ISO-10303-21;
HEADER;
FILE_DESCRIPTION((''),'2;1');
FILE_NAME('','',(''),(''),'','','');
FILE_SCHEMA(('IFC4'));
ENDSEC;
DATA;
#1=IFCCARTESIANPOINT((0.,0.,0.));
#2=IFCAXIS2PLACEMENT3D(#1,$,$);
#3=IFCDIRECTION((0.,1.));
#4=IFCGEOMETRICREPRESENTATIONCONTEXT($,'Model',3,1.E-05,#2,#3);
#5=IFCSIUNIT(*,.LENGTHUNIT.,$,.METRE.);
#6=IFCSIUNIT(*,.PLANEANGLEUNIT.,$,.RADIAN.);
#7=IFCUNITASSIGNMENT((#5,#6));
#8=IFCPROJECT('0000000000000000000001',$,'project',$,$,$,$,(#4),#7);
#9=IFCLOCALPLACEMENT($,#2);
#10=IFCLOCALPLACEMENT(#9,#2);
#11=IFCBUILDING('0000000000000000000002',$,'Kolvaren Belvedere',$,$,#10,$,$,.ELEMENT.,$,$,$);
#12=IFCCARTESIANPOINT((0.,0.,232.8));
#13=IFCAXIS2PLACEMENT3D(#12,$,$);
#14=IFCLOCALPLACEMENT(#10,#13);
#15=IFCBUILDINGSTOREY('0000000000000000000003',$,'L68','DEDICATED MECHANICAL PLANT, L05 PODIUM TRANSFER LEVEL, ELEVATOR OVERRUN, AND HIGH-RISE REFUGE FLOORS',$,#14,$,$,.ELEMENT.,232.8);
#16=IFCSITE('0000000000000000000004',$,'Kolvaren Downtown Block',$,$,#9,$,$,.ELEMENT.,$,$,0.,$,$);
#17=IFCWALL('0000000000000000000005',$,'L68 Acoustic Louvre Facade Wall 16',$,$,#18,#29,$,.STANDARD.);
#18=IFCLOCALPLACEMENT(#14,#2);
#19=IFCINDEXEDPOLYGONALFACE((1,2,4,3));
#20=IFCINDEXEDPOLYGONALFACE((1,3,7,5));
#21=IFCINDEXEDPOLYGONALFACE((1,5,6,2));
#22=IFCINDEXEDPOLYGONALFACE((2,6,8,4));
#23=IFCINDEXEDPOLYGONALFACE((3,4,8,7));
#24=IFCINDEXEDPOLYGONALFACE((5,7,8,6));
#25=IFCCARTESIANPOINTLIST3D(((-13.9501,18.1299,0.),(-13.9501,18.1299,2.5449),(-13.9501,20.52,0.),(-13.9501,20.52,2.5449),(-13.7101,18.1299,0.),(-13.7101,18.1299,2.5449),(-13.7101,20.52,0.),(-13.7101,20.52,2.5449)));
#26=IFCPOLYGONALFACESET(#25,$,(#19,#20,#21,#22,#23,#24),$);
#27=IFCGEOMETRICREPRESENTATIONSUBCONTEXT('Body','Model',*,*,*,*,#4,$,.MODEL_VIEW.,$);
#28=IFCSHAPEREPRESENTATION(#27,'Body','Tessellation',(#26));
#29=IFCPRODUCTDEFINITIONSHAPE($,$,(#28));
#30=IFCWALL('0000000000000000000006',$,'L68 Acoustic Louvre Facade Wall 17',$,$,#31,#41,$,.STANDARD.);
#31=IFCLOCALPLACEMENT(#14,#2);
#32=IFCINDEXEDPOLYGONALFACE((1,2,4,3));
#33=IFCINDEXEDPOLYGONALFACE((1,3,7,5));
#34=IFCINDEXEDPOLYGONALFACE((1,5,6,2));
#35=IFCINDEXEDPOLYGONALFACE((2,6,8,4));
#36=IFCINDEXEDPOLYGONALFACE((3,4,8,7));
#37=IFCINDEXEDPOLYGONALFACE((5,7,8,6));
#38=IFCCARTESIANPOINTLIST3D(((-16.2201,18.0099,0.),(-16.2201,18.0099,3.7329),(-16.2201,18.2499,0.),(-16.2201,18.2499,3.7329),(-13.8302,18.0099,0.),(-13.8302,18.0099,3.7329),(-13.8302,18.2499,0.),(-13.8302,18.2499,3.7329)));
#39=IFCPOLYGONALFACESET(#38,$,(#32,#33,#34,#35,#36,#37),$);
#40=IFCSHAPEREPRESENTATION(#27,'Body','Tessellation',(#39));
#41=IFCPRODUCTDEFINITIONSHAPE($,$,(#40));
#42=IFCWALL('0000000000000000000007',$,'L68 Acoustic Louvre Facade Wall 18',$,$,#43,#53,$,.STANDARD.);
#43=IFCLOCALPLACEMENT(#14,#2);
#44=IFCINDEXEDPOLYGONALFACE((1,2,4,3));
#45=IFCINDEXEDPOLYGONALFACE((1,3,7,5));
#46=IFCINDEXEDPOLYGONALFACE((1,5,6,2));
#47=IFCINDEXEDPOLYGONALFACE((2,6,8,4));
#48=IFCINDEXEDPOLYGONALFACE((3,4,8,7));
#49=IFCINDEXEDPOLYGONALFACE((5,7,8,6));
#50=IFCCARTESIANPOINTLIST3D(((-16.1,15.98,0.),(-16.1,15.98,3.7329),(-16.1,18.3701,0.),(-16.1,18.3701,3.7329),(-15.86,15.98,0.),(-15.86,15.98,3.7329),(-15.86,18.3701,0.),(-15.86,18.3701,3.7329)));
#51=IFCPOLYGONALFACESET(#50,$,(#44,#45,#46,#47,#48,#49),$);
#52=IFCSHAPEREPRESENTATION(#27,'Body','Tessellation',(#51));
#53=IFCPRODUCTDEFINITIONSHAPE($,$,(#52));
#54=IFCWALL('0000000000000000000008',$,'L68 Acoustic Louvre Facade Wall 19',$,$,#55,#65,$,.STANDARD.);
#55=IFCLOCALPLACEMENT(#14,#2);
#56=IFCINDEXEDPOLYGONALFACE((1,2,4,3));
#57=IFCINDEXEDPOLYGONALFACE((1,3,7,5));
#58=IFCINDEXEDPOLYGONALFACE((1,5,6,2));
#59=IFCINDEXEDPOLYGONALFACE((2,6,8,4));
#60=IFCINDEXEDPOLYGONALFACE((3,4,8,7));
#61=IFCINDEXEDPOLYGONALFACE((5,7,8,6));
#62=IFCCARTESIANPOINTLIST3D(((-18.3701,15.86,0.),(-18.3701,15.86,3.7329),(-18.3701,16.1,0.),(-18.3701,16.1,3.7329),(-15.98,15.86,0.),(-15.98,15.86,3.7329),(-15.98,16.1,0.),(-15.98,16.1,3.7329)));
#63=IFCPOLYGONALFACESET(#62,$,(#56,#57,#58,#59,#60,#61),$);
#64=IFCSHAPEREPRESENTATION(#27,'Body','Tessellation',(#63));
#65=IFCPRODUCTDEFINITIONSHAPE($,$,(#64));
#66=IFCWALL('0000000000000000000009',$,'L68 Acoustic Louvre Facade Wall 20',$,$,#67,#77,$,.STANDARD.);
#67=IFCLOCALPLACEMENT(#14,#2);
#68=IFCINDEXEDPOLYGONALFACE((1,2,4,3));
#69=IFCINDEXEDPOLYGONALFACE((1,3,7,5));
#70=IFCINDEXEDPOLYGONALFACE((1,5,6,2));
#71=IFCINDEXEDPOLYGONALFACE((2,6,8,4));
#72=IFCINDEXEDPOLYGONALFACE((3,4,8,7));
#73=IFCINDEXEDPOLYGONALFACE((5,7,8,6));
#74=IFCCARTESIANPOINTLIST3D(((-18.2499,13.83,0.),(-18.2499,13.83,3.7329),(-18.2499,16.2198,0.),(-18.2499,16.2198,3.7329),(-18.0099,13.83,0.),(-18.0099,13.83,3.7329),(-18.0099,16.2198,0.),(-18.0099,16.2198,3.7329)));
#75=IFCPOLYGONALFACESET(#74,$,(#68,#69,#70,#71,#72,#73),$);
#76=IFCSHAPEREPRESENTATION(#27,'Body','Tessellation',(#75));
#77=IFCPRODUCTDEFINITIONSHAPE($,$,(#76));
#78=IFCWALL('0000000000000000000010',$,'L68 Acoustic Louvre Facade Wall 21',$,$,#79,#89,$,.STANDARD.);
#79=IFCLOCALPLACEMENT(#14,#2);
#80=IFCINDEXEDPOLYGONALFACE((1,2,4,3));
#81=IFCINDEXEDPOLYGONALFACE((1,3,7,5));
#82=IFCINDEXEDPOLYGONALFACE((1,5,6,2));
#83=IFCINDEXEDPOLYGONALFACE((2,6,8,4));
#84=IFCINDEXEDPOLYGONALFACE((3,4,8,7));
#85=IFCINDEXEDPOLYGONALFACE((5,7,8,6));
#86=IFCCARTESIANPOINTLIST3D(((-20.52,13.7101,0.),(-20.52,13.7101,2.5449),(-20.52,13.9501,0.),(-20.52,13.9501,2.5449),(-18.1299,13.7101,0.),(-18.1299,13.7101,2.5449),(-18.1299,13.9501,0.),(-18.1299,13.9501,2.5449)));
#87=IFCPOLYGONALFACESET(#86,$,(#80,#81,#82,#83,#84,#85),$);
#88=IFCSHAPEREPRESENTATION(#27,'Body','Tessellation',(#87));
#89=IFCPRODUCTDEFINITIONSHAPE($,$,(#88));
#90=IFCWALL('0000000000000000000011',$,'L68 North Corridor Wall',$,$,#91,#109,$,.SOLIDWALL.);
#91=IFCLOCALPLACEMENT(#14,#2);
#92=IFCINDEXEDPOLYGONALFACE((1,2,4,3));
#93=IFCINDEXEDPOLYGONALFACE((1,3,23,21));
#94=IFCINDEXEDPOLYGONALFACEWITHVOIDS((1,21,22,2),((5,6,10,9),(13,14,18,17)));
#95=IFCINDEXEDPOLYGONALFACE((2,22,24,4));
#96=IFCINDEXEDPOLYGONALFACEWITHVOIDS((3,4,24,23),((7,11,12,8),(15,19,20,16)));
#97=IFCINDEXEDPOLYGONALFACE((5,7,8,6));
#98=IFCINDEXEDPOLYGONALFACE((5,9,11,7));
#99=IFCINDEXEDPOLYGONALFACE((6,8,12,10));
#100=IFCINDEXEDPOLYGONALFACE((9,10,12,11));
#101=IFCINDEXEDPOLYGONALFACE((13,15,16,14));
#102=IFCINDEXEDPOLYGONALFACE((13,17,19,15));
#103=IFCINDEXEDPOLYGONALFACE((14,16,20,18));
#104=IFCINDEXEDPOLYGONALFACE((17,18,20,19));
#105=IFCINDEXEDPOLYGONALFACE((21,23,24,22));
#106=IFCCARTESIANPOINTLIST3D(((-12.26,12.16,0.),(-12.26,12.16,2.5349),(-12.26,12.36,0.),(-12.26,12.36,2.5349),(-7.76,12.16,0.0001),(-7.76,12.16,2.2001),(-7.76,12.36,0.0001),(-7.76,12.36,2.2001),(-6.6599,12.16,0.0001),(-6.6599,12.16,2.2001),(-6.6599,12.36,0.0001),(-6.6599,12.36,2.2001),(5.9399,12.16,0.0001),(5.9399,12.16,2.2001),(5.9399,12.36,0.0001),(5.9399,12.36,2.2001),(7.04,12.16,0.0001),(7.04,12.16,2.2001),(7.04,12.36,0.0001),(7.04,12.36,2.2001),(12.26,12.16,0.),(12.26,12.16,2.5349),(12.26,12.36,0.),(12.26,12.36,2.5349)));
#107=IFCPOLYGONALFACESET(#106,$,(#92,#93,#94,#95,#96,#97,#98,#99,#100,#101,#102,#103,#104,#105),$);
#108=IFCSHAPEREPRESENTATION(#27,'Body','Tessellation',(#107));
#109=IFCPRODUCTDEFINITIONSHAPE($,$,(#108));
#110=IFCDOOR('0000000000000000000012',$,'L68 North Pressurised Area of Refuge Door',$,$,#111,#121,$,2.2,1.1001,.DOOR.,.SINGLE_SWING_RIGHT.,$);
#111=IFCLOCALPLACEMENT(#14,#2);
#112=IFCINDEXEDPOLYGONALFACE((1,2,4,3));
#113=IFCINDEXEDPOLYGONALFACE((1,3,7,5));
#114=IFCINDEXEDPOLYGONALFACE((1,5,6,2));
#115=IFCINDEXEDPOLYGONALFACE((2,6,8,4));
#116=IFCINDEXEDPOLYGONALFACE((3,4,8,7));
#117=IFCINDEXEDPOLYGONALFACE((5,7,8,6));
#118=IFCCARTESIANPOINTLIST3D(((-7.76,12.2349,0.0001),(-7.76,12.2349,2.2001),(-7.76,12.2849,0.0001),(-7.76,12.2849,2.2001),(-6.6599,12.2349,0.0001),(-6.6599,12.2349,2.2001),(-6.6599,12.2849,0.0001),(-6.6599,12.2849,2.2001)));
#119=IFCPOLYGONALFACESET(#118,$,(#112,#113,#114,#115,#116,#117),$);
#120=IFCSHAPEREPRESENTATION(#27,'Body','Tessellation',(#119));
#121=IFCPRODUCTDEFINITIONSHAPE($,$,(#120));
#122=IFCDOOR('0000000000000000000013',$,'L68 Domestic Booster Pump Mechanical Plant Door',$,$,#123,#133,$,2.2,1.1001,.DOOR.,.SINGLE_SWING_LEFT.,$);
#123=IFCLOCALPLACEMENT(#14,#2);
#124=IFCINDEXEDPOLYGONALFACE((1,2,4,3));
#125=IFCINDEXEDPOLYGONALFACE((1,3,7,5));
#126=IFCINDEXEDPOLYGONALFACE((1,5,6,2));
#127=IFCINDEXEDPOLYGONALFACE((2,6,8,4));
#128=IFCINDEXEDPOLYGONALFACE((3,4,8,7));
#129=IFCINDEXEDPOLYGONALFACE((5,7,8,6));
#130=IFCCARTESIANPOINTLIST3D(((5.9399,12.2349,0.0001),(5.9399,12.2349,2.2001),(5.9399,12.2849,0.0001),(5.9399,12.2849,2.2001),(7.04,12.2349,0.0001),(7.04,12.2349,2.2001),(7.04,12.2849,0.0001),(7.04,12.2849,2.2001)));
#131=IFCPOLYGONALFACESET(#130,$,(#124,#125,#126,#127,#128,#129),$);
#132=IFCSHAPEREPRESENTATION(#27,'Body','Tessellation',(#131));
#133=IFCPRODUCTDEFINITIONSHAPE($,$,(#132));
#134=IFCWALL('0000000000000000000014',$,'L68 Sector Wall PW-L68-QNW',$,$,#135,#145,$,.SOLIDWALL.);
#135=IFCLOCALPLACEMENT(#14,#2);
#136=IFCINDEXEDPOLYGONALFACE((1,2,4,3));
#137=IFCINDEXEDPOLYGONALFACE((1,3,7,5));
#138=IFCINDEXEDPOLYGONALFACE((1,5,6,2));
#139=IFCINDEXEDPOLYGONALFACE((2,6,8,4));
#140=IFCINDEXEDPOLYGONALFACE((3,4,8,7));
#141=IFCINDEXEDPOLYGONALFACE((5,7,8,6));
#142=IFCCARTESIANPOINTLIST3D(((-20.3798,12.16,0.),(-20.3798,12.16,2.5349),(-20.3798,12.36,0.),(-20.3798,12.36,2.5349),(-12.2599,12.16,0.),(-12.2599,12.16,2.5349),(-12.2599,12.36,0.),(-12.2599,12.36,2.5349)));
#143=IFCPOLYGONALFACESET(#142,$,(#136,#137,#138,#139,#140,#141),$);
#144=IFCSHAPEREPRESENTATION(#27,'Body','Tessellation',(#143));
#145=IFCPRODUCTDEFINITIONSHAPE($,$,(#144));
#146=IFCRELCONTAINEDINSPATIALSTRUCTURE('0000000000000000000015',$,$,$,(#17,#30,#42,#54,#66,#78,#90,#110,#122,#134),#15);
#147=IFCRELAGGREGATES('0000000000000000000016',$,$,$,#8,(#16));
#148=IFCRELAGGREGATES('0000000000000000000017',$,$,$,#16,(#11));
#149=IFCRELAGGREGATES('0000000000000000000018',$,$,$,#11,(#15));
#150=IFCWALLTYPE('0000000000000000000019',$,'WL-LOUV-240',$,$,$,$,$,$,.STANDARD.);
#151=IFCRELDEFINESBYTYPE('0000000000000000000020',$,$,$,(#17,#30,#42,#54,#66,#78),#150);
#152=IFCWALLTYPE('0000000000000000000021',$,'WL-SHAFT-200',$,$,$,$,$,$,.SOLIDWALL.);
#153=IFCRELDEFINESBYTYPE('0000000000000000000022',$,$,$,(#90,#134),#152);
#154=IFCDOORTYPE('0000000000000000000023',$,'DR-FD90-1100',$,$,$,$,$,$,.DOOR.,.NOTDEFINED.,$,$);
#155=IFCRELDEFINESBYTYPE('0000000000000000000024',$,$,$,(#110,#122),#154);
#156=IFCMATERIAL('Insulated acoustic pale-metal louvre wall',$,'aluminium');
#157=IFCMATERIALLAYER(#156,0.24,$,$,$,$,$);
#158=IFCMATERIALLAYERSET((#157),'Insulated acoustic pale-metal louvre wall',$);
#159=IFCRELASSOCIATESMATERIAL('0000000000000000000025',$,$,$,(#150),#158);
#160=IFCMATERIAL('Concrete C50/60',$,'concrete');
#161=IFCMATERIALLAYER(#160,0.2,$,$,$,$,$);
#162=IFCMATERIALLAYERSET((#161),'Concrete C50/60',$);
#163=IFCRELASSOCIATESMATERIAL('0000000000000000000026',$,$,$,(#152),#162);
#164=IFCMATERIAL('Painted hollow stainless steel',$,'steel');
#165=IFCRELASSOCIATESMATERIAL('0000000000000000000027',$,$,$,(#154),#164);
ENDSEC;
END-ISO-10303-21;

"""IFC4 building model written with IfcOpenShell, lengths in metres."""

from ifc_helpers import new_model, si_unit, direction, frame, frame_2d, origin, place, context, subcontext, project, spatial, rectangle, extrude, material, layer, layer_set, type_object, element, fill, save


model = new_model("IFC4")

# Units and contexts
model_context = context("Model", 3, precision=1e-05, world=origin(), true_north=direction((0.0, 1.0)))
body_context = subcontext(model_context, "Body", "Model", "MODEL_VIEW")
ifc_project = project(units=[si_unit("LENGTHUNIT", "METRE"), si_unit("PLANEANGLEUNIT", "RADIAN")], contexts=[model_context])

# Site, building, storey
site_placement = place(None, origin())
site = spatial("IfcSite", under=ifc_project, at=site_placement, Name="Kolvaren Downtown Block", CompositionType="ELEMENT", RefElevation=0.0)
building_placement = place(site_placement, origin())
building = spatial("IfcBuilding", under=site, at=building_placement, Name="Kolvaren Belvedere", CompositionType="ELEMENT")
storey_placement = place(building_placement, frame((0.0, 0.0, 232.8)))
storey = spatial("IfcBuildingStorey", under=building, at=storey_placement, Name="L68", Description="DEDICATED MECHANICAL PLANT, L05 PODIUM TRANSFER LEVEL, ELEVATOR OVERRUN, AND HIGH-RISE REFUGE FLOORS", CompositionType="ELEMENT", Elevation=232.8)

# Walls
ifc_material_1 = material(Name="Insulated acoustic pale-metal louvre wall", Category="aluminium")
ifc_layer_1 = layer(ifc_material_1, 0.24)
ifc_layer_set_1 = layer_set([ifc_layer_1], Name="Insulated acoustic pale-metal louvre wall")
wall_type_1 = type_object("IfcWallType", Name="WL-LOUV-240", PredefinedType="STANDARD", material=ifc_layer_set_1)
wall_1_placement = place(storey_placement, frame((-13.8301, 18.1299, 0.0), z_axis=(0.0, 0.0, 1.0), x_axis=(0.0, 1.0, 0.0)))
element("IfcWall", 1, at=wall_1_placement, inside=storey, type_object=wall_type_1, Name="L68 Acoustic Louvre Facade Wall 16", PredefinedType="STANDARD", context=body_context, shape_type="SweptSolid", body=[
    extrude(rectangle(XDim=2.3901, YDim=0.24, at=frame_2d((1.1951, 0.0))), origin(), (0.0, 0.0, 1.0), 2.5449),
])
wall_2_placement = place(storey_placement, frame((-16.22, 18.1299, 0.0), z_axis=(0.0, 0.0, 1.0), x_axis=(1.0, 0.0, 0.0)))
element("IfcWall", 2, at=wall_2_placement, inside=storey, type_object=wall_type_1, Name="L68 Acoustic Louvre Facade Wall 17", PredefinedType="STANDARD", context=body_context, shape_type="SweptSolid", body=[
    extrude(rectangle(XDim=2.3899, YDim=0.24, at=frame_2d((1.1948, 0.0))), origin(), (0.0, 0.0, 1.0), 3.7329),
])
for number, where, z_axis, x_axis, name in (
    (3, (-15.98, 15.98, 0.0), (0.0, 0.0, 1.0), (0.0, 1.0, 0.0), "L68 Acoustic Louvre Facade Wall 18"),
    (4, (-18.3701, 15.98, 0.0), (0.0, 0.0, 1.0), (1.0, 0.0, 0.0), "L68 Acoustic Louvre Facade Wall 19"),
):
    element("IfcWall", number, at=place(storey_placement, frame(where, z_axis=z_axis, x_axis=x_axis)), inside=storey, type_object=wall_type_1, Name=name, PredefinedType="STANDARD", context=body_context, shape_type="SweptSolid", body=[
        extrude(rectangle(XDim=2.3901, YDim=0.24, at=frame_2d((1.1951, 0.0))), origin(), (0.0, 0.0, 1.0), 3.7329),
    ])
wall_3_placement = place(storey_placement, frame((-18.1299, 13.8301, 0.0), z_axis=(0.0, 0.0, 1.0), x_axis=(0.0, 1.0, 0.0)))
element("IfcWall", 5, at=wall_3_placement, inside=storey, type_object=wall_type_1, Name="L68 Acoustic Louvre Facade Wall 20", PredefinedType="STANDARD", context=body_context, shape_type="SweptSolid", body=[
    extrude(rectangle(XDim=2.3899, YDim=0.24, at=frame_2d((1.1948, 0.0))), origin(), (0.0, 0.0, 1.0), 3.7329),
])
wall_4_placement = place(storey_placement, frame((-20.52, 13.8301, 0.0), z_axis=(0.0, 0.0, 1.0), x_axis=(1.0, 0.0, 0.0)))
element("IfcWall", 6, at=wall_4_placement, inside=storey, type_object=wall_type_1, Name="L68 Acoustic Louvre Facade Wall 21", PredefinedType="STANDARD", context=body_context, shape_type="SweptSolid", body=[
    extrude(rectangle(XDim=2.3901, YDim=0.24, at=frame_2d((1.1951, 0.0))), origin(), (0.0, 0.0, 1.0), 2.5449),
])

# Wall, openings, doors
ifc_material_2 = material(Name="Concrete C50/60", Category="concrete")
ifc_layer_2 = layer(ifc_material_2, 0.2)
ifc_layer_set_2 = layer_set([ifc_layer_2], Name="Concrete C50/60")
wall_type_2 = type_object("IfcWallType", Name="WL-SHAFT-200", PredefinedType="SOLIDWALL", material=ifc_layer_set_2)
wall_5_placement = place(storey_placement, frame((-12.26, 12.26, 0.0), z_axis=(0.0, 0.0, 1.0), x_axis=(1.0, 0.0, 0.0)))
wall_5 = element("IfcWall", 7, at=wall_5_placement, inside=storey, type_object=wall_type_2, Name="L68 North Corridor Wall", PredefinedType="SOLIDWALL", context=body_context, shape_type="SweptSolid", body=[
    extrude(rectangle(XDim=24.52, YDim=0.2, at=frame_2d((12.26, 0.0))), origin(), (0.0, 0.0, 1.0), 2.5349),
])
opening_1_placement = place(wall_5_placement, frame((4.5, 0.0, 0.0)))
opening_1 = element("IfcOpeningElement", 8, at=opening_1_placement, cuts=wall_5, PredefinedType="OPENING", context=body_context, shape_type="SweptSolid", body=[
    extrude(rectangle(XDim=1.1001, YDim=2.2, at=frame_2d((0.55, 1.1001))), frame((0.0, 0.1099, 0.0), z_axis=(0.0, -1.0, 0.0), x_axis=(1.0, 0.0, 0.0)), (0.0, 0.0, 1.0), 0.22),
])
opening_2_placement = place(wall_5_placement, frame((18.2, 0.0, 0.0)))
opening_2 = element("IfcOpeningElement", 9, at=opening_2_placement, cuts=wall_5, PredefinedType="OPENING", context=body_context, shape_type="SweptSolid", body=[
    extrude(rectangle(XDim=1.1001, YDim=2.2, at=frame_2d((0.55, 1.1001))), frame((0.0, 0.1099, 0.0), z_axis=(0.0, -1.0, 0.0), x_axis=(1.0, 0.0, 0.0)), (0.0, 0.0, 1.0), 0.22),
])
ifc_material_3 = material(Name="Painted hollow stainless steel", Category="steel")
door_type = type_object("IfcDoorType", Name="DR-FD90-1100", OperationType="NOTDEFINED", PredefinedType="DOOR", material=ifc_material_3)
door_1_placement = place(opening_1_placement, origin())
door_1 = element("IfcDoor", 10, at=door_1_placement, inside=storey, type_object=door_type, Name="L68 North Pressurised Area of Refuge Door", OperationType="SINGLE_SWING_RIGHT", OverallHeight=2.2, OverallWidth=1.1001, PredefinedType="DOOR", context=body_context, shape_type="SweptSolid", body=[
    extrude(rectangle(XDim=1.1001, YDim=2.2, at=frame_2d((0.55, 1.1001))), frame((0.0, 0.0249, 0.0), z_axis=(0.0, -1.0, 0.0), x_axis=(1.0, 0.0, 0.0)), (0.0, 0.0, 1.0), 0.05),
])
fill(opening_1, door_1)
door_2_placement = place(opening_2_placement, origin())
door_2 = element("IfcDoor", 11, at=door_2_placement, inside=storey, type_object=door_type, Name="L68 Domestic Booster Pump Mechanical Plant Door", OperationType="SINGLE_SWING_LEFT", OverallHeight=2.2, OverallWidth=1.1001, PredefinedType="DOOR", context=body_context, shape_type="SweptSolid", body=[
    extrude(rectangle(XDim=1.1001, YDim=2.2, at=frame_2d((0.55, 1.1001))), frame((0.0, 0.0249, 0.0), z_axis=(0.0, -1.0, 0.0), x_axis=(1.0, 0.0, 0.0)), (0.0, 0.0, 1.0), 0.05),
])
fill(opening_2, door_2)

# Wall
wall_6_placement = place(storey_placement, frame((-20.3799, 12.26, 0.0), z_axis=(0.0, 0.0, 1.0), x_axis=(1.0, 0.0, 0.0)))
element("IfcWall", 12, at=wall_6_placement, inside=storey, type_object=wall_type_2, Name="L68 Sector Wall PW-L68-QNW", PredefinedType="SOLIDWALL", context=body_context, shape_type="SweptSolid", body=[
    extrude(rectangle(XDim=8.1199, YDim=0.2, at=frame_2d((4.0601, 0.0))), origin(), (0.0, 0.0, 1.0), 2.5349),
])

save(model, "model.ifc")
